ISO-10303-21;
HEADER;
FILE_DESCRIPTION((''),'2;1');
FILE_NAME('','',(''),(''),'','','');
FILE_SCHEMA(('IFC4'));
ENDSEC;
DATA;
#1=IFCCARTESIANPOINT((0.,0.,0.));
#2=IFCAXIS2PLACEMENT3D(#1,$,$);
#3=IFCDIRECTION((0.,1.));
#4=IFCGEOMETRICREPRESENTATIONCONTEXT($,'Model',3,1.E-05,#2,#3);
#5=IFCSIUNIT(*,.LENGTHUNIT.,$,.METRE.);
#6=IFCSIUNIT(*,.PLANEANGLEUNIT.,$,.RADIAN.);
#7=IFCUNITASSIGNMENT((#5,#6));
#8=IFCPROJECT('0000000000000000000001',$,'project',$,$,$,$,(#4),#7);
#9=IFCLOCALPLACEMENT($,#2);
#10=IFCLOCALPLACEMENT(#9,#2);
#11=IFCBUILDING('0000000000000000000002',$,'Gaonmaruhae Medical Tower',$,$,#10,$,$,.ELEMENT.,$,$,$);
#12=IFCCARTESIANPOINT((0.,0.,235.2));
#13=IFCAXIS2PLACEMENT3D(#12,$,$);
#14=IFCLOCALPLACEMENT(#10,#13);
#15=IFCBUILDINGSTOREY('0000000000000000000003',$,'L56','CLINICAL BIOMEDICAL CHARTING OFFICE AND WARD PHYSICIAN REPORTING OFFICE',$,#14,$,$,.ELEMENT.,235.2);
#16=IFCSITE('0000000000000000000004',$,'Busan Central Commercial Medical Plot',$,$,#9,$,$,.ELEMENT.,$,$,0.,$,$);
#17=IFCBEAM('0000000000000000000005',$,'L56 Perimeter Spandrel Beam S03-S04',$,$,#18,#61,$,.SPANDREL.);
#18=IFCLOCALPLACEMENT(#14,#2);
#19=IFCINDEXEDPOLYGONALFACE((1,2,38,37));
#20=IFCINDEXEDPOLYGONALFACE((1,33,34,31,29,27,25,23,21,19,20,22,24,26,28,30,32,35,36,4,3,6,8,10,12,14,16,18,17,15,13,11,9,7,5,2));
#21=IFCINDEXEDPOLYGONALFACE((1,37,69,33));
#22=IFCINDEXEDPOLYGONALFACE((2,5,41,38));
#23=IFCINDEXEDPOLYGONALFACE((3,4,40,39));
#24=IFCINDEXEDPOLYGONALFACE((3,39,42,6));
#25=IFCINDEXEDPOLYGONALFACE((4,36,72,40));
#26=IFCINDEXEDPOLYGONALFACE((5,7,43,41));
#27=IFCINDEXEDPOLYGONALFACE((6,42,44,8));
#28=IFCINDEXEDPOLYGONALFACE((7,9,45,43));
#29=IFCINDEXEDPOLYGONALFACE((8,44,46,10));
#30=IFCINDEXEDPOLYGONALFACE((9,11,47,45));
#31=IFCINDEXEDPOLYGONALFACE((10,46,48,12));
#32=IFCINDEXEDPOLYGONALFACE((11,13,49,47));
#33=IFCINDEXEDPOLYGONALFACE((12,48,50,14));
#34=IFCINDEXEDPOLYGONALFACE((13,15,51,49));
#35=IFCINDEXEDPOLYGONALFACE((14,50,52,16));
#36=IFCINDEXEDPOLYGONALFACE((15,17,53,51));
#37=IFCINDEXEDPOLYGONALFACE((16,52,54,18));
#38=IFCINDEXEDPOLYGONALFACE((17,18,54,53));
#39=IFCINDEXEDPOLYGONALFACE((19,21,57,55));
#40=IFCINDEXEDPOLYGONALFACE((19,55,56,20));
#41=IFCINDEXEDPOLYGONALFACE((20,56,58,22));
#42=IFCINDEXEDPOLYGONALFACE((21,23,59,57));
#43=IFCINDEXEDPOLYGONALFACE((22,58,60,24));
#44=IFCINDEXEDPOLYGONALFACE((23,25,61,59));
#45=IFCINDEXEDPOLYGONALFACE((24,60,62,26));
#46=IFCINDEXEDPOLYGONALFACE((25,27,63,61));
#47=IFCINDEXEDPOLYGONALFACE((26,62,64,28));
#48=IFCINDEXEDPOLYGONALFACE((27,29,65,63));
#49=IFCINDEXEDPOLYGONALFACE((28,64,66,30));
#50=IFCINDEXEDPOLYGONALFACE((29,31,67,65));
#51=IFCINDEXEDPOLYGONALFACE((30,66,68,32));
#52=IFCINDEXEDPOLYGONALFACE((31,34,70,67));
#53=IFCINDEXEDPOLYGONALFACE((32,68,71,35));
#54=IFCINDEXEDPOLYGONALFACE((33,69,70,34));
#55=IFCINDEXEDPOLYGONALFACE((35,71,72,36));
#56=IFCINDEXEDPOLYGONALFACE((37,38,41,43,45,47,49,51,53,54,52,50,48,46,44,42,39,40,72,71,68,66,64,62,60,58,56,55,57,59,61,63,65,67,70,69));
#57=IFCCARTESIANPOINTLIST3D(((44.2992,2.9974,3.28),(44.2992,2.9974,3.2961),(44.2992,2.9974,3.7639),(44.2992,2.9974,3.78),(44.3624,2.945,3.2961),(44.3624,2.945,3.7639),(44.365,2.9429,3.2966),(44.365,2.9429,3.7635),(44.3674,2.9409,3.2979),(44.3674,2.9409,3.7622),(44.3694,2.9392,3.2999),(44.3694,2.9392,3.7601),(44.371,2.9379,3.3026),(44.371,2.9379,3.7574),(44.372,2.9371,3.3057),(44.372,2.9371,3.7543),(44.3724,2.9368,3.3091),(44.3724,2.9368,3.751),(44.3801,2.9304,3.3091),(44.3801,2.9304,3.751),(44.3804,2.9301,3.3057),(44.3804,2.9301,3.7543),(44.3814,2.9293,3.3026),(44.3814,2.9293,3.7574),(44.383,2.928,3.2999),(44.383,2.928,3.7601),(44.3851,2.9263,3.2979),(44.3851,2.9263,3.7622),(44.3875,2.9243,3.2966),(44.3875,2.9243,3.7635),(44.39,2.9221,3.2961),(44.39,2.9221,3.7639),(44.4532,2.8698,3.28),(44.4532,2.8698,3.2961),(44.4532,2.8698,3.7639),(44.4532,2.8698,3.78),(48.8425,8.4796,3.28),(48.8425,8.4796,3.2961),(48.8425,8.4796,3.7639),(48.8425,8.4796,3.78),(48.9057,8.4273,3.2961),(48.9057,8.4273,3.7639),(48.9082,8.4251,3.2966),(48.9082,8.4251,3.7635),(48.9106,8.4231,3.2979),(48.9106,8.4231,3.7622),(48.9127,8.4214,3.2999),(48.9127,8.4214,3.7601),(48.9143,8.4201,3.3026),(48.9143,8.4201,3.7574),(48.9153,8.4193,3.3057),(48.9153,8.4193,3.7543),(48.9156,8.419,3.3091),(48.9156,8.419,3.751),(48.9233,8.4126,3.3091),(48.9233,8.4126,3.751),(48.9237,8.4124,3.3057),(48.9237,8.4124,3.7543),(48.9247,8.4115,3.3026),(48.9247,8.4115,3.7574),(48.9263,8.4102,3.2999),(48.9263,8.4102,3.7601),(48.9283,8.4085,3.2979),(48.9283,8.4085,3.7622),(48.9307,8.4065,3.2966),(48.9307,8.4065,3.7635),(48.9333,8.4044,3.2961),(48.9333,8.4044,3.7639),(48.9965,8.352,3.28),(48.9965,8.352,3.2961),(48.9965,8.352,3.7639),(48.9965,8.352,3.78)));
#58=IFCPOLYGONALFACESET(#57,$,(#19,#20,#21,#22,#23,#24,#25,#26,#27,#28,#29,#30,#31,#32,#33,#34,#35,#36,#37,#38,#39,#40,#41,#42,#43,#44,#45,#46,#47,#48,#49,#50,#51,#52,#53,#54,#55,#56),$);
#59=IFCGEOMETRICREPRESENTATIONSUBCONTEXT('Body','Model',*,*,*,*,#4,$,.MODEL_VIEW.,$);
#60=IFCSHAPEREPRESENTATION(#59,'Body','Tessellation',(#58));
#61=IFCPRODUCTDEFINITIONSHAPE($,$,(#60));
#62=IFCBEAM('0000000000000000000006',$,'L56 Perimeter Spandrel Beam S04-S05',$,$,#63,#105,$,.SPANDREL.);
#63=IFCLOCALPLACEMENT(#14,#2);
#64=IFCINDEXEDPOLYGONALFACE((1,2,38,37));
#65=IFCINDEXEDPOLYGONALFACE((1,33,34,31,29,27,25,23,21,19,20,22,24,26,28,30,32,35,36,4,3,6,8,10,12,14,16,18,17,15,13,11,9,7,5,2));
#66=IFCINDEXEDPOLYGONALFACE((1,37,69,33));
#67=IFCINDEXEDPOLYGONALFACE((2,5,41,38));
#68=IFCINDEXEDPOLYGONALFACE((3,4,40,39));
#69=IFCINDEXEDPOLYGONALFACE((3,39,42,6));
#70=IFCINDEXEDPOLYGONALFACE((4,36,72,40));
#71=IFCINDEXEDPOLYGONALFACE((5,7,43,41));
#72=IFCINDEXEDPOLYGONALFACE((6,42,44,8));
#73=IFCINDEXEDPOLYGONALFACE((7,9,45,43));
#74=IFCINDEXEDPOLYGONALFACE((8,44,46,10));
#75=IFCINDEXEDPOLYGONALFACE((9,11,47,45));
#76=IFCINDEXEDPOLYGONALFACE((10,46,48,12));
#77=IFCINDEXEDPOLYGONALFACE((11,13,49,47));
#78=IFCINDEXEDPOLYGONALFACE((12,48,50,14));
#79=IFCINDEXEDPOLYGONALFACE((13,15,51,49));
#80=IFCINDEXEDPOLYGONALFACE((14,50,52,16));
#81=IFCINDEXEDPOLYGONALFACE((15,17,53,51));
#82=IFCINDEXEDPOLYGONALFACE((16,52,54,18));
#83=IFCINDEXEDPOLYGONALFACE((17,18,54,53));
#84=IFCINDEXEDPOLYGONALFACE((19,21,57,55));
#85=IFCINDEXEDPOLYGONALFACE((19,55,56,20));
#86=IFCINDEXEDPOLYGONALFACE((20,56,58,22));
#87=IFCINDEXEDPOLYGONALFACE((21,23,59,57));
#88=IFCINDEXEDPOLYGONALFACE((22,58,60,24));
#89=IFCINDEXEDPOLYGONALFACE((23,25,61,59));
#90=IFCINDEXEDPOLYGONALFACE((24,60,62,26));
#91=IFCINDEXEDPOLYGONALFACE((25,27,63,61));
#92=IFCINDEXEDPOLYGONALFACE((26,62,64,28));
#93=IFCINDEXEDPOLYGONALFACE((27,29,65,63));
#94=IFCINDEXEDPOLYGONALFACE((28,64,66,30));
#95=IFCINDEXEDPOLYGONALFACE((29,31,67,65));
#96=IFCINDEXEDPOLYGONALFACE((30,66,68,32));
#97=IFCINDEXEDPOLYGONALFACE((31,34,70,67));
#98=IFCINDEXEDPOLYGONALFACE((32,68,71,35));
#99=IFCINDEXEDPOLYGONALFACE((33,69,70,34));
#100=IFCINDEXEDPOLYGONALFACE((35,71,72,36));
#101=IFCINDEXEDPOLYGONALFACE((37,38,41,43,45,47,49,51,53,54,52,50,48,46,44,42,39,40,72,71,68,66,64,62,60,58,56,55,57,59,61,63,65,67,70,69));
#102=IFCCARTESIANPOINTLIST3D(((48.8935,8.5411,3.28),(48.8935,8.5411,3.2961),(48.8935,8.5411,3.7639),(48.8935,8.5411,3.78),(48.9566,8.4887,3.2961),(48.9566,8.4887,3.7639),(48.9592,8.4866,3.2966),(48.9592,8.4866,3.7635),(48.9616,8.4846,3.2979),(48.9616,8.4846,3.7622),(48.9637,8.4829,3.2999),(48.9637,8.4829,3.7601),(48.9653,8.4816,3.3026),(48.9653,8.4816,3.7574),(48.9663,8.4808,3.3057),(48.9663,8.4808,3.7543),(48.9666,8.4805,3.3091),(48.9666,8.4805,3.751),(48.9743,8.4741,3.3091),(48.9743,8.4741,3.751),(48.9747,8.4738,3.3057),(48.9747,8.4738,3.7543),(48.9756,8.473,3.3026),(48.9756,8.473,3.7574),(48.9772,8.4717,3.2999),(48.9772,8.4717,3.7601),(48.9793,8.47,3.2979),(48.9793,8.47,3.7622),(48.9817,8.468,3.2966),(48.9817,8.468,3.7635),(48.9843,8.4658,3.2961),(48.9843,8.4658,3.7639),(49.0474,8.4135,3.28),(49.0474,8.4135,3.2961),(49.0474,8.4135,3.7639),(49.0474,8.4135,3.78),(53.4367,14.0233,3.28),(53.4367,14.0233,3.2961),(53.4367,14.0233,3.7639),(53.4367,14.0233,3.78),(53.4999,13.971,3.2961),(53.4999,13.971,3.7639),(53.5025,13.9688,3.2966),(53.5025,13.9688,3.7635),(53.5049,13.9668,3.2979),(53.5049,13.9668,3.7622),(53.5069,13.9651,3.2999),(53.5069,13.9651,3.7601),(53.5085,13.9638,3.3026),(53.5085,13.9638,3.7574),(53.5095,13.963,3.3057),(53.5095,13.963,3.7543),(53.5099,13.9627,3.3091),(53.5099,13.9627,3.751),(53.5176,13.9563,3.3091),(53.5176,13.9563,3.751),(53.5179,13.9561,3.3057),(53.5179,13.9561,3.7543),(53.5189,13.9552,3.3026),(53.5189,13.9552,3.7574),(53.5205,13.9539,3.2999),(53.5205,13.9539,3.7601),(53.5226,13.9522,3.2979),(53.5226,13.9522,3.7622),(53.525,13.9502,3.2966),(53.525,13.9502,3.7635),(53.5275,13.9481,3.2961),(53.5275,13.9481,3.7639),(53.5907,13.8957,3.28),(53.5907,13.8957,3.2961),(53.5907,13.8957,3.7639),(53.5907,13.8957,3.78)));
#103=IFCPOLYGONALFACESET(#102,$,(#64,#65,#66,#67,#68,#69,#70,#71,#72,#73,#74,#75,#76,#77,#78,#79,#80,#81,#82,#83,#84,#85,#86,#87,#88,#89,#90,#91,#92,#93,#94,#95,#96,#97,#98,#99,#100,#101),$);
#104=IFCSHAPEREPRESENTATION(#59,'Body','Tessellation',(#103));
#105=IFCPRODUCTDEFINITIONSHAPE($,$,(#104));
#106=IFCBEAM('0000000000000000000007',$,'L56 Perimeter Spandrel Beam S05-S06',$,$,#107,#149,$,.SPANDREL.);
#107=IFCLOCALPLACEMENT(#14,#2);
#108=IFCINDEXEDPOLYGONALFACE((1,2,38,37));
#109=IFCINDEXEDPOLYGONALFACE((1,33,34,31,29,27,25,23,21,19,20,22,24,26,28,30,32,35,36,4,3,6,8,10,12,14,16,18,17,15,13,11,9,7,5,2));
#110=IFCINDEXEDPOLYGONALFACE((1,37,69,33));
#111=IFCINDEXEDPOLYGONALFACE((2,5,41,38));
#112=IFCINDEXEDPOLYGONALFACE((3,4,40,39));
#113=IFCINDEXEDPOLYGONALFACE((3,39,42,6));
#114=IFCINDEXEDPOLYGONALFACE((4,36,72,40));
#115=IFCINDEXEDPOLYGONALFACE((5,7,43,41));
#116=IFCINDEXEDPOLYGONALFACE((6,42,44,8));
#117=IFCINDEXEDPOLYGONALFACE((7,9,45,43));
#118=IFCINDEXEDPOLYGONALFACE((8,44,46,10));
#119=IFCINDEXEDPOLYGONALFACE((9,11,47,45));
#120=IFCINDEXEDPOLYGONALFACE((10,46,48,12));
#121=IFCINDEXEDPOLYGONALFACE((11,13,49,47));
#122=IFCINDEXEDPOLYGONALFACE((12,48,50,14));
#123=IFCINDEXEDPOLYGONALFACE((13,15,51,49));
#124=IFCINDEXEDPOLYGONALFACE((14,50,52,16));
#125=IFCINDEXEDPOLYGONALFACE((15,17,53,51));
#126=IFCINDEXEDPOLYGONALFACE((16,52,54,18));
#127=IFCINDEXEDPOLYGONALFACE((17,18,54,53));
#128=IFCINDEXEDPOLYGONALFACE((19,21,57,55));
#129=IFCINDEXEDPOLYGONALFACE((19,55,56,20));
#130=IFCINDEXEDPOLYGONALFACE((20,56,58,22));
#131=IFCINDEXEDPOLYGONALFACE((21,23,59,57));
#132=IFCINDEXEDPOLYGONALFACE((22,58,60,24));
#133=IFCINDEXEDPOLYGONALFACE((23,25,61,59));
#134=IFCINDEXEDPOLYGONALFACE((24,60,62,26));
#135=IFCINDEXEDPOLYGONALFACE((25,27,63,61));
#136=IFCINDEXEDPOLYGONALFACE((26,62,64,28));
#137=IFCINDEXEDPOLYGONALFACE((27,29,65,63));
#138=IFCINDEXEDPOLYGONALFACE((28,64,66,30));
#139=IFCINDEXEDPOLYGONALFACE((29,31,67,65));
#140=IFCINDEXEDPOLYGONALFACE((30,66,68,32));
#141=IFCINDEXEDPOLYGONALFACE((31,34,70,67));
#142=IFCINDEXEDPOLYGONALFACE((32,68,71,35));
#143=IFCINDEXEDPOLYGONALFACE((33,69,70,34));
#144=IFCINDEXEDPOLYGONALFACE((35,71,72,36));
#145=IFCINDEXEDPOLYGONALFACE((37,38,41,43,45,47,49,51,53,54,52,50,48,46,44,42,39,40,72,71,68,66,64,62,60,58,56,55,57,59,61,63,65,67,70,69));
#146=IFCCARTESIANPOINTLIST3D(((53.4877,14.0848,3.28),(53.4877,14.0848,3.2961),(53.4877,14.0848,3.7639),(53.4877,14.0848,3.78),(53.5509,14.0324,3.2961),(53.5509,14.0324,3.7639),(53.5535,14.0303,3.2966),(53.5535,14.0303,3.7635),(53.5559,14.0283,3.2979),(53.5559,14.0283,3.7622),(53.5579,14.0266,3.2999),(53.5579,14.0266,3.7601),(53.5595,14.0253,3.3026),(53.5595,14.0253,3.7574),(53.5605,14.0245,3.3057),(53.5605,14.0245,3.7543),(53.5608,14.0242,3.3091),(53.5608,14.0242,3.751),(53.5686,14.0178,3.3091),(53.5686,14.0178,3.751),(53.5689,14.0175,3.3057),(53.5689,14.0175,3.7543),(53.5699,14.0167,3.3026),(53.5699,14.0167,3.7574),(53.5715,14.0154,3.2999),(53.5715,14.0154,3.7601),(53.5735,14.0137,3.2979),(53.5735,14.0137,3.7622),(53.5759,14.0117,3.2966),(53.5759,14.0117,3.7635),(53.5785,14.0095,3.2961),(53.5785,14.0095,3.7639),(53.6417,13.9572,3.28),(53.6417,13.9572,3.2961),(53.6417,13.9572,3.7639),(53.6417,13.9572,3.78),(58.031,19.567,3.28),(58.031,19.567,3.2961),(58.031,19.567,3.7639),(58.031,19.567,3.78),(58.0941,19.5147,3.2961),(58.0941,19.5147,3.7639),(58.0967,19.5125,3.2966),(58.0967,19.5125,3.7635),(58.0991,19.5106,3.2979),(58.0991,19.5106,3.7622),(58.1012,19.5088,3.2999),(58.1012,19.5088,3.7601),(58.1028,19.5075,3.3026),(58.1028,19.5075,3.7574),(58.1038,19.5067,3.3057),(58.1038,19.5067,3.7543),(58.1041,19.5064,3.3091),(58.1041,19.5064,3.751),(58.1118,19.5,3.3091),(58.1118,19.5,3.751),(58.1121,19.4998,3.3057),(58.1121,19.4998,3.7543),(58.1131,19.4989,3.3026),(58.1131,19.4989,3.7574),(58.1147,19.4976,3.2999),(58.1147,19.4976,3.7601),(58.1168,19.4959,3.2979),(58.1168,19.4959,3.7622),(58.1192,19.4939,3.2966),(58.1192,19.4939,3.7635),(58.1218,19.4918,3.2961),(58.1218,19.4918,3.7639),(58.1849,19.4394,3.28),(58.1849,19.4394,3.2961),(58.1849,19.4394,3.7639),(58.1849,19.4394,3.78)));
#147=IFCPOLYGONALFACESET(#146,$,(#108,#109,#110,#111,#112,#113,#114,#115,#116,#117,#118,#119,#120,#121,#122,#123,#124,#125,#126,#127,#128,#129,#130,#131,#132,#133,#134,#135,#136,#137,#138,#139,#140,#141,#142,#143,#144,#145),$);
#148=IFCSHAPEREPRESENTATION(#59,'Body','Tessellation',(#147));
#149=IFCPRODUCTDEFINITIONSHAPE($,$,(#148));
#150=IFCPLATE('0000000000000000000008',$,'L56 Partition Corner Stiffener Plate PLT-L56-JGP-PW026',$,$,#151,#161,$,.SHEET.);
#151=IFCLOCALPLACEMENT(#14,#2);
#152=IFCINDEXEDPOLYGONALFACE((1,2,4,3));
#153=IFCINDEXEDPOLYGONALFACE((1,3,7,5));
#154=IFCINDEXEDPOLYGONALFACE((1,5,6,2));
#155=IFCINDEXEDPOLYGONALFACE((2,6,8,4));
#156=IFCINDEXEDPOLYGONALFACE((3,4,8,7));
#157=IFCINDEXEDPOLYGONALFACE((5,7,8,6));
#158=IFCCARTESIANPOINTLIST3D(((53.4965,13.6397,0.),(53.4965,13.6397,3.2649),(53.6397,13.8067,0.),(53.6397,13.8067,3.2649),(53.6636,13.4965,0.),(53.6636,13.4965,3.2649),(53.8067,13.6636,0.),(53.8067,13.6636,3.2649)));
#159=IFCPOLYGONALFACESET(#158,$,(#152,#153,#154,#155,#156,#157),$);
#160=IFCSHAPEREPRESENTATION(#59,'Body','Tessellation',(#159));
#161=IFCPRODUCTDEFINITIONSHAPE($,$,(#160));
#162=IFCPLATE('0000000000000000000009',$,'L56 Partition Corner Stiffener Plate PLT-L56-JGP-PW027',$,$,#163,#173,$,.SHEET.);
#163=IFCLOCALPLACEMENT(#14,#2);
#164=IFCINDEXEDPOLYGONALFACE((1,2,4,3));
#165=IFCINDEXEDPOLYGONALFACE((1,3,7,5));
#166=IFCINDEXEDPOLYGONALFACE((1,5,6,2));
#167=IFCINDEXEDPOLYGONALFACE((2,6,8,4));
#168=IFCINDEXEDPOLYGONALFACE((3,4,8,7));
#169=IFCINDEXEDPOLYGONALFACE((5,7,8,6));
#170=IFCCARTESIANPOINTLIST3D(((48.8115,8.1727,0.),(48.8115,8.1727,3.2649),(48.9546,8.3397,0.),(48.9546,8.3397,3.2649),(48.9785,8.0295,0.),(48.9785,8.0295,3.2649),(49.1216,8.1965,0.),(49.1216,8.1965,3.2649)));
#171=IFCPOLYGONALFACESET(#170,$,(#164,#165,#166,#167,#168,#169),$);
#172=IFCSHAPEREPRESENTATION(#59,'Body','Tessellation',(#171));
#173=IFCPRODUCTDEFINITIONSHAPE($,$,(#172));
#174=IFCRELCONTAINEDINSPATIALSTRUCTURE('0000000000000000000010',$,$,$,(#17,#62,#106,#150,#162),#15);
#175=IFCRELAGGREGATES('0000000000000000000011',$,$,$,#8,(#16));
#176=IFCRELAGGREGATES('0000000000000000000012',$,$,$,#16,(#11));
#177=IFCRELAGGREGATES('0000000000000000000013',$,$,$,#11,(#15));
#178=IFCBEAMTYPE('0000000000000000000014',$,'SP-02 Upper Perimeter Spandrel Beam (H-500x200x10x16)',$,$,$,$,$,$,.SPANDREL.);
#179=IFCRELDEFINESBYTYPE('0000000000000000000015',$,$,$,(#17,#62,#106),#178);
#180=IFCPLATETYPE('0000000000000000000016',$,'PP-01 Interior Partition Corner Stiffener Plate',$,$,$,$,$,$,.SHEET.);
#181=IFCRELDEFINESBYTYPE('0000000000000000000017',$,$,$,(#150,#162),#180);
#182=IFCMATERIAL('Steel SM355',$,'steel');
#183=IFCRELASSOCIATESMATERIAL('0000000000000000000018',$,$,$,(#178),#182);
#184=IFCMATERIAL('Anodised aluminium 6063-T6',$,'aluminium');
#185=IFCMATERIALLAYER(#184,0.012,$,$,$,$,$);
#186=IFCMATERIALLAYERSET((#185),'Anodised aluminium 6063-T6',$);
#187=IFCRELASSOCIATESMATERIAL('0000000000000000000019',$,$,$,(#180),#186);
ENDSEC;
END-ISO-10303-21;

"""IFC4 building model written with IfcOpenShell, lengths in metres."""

from ifc_helpers import new_model, si_unit, direction, frame, origin, origin_2d, place, context, subcontext, project, spatial, rectangle, i_section, extrude, material, layer, layer_set, material_profile, profile_set, type_object, element, save


model = new_model("IFC4")

# Units and contexts
model_context = context("Model", 3, precision=1e-05, world=origin(), true_north=direction((0.0, 1.0)))
body_context = subcontext(model_context, "Body", "Model", "MODEL_VIEW")
ifc_project = project(units=[si_unit("LENGTHUNIT", "METRE"), si_unit("PLANEANGLEUNIT", "RADIAN")], contexts=[model_context])

# Site, building, storey
site_placement = place(None, origin())
site = spatial("IfcSite", under=ifc_project, at=site_placement, Name="Busan Central Commercial Medical Plot", CompositionType="ELEMENT", RefElevation=0.0)
building_placement = place(site_placement, origin())
building = spatial("IfcBuilding", under=site, at=building_placement, Name="Gaonmaruhae Medical Tower", CompositionType="ELEMENT")
storey_placement = place(building_placement, frame((0.0, 0.0, 235.2)))
storey = spatial("IfcBuildingStorey", under=building, at=storey_placement, Name="L56", Description="CLINICAL BIOMEDICAL CHARTING OFFICE AND WARD PHYSICIAN REPORTING OFFICE", CompositionType="ELEMENT", Elevation=235.2)

# Shared definitions
ifc_material_1 = material(Name="Anodised aluminium 6063-T6", Category="aluminium")

# Beams
ifc_material_2 = material(Name="Steel SM355", Category="steel")
ifc_material_profile_1 = material_profile(ifc_material_2, i_section(OverallWidth=0.2, OverallDepth=0.5, WebThickness=0.01, FlangeThickness=0.0161, FilletRadius=0.0129, at=origin_2d()), Name="H-500x200x10x16")
ifc_profile_set_1 = profile_set([ifc_material_profile_1], Name="Steel SM355")
beam_type_1 = type_object("IfcBeamType", Name="SP-02 Upper Perimeter Spandrel Beam (H-500x200x10x16)", PredefinedType="SPANDREL", material=ifc_profile_set_1)
for number, where, z_axis, x_axis, name in (
    (1, (44.3762, 2.9336, 3.53), (0.638088, 0.769964, 0.0), (-0.769964, 0.638088, 0.0), "L56 Perimeter Spandrel Beam S03-S04"),
    (2, (48.9705, 8.4773, 3.53), (0.638088, 0.769964, 0.0), (-0.769964, 0.638088, 0.0), "L56 Perimeter Spandrel Beam S04-S05"),
    (3, (53.5647, 14.021, 3.53), (0.638088, 0.769964, 0.0), (-0.769964, 0.638088, 0.0), "L56 Perimeter Spandrel Beam S05-S06"),
):
    element("IfcBeam", number, at=place(storey_placement, frame(where, z_axis=z_axis, x_axis=x_axis)), inside=storey, type_object=beam_type_1, Name=name, PredefinedType="SPANDREL", context=body_context, shape_type="SweptSolid", body=[
        extrude(i_section(OverallWidth=0.2, OverallDepth=0.5, WebThickness=0.01, FlangeThickness=0.0161, FilletRadius=0.0129, at=origin_2d()), origin(), (0.0, 0.0, 1.0), 7.1201),
    ])

# Plates
ifc_layer_1 = layer(ifc_material_1, 0.012)
ifc_layer_set_1 = layer_set([ifc_layer_1], Name="Anodised aluminium 6063-T6")
plate_type = type_object("IfcPlateType", Name="PP-01 Interior Partition Corner Stiffener Plate", PredefinedType="SHEET", material=ifc_layer_set_1)
for number, where, z_axis, x_axis, name in (
    (4, (53.6516, 13.6516, 0.0), (0.0, 0.0, 1.0), (-0.650681, -0.759351, 0.0), "L56 Partition Corner Stiffener Plate PLT-L56-JGP-PW026"),
    (5, (48.9666, 8.1846, 0.0), (0.0, 0.0, 1.0), (-0.650893, -0.759169, 0.0), "L56 Partition Corner Stiffener Plate PLT-L56-JGP-PW027"),
):
    element("IfcPlate", number, at=place(storey_placement, frame(where, z_axis=z_axis, x_axis=x_axis)), inside=storey, type_object=plate_type, Name=name, PredefinedType="SHEET", context=body_context, shape_type="SweptSolid", body=[
        extrude(rectangle(XDim=0.22, YDim=0.22, at=origin_2d()), origin(), (0.0, 0.0, 1.0), 3.2649),
    ])

save(model, "model.ifc")
